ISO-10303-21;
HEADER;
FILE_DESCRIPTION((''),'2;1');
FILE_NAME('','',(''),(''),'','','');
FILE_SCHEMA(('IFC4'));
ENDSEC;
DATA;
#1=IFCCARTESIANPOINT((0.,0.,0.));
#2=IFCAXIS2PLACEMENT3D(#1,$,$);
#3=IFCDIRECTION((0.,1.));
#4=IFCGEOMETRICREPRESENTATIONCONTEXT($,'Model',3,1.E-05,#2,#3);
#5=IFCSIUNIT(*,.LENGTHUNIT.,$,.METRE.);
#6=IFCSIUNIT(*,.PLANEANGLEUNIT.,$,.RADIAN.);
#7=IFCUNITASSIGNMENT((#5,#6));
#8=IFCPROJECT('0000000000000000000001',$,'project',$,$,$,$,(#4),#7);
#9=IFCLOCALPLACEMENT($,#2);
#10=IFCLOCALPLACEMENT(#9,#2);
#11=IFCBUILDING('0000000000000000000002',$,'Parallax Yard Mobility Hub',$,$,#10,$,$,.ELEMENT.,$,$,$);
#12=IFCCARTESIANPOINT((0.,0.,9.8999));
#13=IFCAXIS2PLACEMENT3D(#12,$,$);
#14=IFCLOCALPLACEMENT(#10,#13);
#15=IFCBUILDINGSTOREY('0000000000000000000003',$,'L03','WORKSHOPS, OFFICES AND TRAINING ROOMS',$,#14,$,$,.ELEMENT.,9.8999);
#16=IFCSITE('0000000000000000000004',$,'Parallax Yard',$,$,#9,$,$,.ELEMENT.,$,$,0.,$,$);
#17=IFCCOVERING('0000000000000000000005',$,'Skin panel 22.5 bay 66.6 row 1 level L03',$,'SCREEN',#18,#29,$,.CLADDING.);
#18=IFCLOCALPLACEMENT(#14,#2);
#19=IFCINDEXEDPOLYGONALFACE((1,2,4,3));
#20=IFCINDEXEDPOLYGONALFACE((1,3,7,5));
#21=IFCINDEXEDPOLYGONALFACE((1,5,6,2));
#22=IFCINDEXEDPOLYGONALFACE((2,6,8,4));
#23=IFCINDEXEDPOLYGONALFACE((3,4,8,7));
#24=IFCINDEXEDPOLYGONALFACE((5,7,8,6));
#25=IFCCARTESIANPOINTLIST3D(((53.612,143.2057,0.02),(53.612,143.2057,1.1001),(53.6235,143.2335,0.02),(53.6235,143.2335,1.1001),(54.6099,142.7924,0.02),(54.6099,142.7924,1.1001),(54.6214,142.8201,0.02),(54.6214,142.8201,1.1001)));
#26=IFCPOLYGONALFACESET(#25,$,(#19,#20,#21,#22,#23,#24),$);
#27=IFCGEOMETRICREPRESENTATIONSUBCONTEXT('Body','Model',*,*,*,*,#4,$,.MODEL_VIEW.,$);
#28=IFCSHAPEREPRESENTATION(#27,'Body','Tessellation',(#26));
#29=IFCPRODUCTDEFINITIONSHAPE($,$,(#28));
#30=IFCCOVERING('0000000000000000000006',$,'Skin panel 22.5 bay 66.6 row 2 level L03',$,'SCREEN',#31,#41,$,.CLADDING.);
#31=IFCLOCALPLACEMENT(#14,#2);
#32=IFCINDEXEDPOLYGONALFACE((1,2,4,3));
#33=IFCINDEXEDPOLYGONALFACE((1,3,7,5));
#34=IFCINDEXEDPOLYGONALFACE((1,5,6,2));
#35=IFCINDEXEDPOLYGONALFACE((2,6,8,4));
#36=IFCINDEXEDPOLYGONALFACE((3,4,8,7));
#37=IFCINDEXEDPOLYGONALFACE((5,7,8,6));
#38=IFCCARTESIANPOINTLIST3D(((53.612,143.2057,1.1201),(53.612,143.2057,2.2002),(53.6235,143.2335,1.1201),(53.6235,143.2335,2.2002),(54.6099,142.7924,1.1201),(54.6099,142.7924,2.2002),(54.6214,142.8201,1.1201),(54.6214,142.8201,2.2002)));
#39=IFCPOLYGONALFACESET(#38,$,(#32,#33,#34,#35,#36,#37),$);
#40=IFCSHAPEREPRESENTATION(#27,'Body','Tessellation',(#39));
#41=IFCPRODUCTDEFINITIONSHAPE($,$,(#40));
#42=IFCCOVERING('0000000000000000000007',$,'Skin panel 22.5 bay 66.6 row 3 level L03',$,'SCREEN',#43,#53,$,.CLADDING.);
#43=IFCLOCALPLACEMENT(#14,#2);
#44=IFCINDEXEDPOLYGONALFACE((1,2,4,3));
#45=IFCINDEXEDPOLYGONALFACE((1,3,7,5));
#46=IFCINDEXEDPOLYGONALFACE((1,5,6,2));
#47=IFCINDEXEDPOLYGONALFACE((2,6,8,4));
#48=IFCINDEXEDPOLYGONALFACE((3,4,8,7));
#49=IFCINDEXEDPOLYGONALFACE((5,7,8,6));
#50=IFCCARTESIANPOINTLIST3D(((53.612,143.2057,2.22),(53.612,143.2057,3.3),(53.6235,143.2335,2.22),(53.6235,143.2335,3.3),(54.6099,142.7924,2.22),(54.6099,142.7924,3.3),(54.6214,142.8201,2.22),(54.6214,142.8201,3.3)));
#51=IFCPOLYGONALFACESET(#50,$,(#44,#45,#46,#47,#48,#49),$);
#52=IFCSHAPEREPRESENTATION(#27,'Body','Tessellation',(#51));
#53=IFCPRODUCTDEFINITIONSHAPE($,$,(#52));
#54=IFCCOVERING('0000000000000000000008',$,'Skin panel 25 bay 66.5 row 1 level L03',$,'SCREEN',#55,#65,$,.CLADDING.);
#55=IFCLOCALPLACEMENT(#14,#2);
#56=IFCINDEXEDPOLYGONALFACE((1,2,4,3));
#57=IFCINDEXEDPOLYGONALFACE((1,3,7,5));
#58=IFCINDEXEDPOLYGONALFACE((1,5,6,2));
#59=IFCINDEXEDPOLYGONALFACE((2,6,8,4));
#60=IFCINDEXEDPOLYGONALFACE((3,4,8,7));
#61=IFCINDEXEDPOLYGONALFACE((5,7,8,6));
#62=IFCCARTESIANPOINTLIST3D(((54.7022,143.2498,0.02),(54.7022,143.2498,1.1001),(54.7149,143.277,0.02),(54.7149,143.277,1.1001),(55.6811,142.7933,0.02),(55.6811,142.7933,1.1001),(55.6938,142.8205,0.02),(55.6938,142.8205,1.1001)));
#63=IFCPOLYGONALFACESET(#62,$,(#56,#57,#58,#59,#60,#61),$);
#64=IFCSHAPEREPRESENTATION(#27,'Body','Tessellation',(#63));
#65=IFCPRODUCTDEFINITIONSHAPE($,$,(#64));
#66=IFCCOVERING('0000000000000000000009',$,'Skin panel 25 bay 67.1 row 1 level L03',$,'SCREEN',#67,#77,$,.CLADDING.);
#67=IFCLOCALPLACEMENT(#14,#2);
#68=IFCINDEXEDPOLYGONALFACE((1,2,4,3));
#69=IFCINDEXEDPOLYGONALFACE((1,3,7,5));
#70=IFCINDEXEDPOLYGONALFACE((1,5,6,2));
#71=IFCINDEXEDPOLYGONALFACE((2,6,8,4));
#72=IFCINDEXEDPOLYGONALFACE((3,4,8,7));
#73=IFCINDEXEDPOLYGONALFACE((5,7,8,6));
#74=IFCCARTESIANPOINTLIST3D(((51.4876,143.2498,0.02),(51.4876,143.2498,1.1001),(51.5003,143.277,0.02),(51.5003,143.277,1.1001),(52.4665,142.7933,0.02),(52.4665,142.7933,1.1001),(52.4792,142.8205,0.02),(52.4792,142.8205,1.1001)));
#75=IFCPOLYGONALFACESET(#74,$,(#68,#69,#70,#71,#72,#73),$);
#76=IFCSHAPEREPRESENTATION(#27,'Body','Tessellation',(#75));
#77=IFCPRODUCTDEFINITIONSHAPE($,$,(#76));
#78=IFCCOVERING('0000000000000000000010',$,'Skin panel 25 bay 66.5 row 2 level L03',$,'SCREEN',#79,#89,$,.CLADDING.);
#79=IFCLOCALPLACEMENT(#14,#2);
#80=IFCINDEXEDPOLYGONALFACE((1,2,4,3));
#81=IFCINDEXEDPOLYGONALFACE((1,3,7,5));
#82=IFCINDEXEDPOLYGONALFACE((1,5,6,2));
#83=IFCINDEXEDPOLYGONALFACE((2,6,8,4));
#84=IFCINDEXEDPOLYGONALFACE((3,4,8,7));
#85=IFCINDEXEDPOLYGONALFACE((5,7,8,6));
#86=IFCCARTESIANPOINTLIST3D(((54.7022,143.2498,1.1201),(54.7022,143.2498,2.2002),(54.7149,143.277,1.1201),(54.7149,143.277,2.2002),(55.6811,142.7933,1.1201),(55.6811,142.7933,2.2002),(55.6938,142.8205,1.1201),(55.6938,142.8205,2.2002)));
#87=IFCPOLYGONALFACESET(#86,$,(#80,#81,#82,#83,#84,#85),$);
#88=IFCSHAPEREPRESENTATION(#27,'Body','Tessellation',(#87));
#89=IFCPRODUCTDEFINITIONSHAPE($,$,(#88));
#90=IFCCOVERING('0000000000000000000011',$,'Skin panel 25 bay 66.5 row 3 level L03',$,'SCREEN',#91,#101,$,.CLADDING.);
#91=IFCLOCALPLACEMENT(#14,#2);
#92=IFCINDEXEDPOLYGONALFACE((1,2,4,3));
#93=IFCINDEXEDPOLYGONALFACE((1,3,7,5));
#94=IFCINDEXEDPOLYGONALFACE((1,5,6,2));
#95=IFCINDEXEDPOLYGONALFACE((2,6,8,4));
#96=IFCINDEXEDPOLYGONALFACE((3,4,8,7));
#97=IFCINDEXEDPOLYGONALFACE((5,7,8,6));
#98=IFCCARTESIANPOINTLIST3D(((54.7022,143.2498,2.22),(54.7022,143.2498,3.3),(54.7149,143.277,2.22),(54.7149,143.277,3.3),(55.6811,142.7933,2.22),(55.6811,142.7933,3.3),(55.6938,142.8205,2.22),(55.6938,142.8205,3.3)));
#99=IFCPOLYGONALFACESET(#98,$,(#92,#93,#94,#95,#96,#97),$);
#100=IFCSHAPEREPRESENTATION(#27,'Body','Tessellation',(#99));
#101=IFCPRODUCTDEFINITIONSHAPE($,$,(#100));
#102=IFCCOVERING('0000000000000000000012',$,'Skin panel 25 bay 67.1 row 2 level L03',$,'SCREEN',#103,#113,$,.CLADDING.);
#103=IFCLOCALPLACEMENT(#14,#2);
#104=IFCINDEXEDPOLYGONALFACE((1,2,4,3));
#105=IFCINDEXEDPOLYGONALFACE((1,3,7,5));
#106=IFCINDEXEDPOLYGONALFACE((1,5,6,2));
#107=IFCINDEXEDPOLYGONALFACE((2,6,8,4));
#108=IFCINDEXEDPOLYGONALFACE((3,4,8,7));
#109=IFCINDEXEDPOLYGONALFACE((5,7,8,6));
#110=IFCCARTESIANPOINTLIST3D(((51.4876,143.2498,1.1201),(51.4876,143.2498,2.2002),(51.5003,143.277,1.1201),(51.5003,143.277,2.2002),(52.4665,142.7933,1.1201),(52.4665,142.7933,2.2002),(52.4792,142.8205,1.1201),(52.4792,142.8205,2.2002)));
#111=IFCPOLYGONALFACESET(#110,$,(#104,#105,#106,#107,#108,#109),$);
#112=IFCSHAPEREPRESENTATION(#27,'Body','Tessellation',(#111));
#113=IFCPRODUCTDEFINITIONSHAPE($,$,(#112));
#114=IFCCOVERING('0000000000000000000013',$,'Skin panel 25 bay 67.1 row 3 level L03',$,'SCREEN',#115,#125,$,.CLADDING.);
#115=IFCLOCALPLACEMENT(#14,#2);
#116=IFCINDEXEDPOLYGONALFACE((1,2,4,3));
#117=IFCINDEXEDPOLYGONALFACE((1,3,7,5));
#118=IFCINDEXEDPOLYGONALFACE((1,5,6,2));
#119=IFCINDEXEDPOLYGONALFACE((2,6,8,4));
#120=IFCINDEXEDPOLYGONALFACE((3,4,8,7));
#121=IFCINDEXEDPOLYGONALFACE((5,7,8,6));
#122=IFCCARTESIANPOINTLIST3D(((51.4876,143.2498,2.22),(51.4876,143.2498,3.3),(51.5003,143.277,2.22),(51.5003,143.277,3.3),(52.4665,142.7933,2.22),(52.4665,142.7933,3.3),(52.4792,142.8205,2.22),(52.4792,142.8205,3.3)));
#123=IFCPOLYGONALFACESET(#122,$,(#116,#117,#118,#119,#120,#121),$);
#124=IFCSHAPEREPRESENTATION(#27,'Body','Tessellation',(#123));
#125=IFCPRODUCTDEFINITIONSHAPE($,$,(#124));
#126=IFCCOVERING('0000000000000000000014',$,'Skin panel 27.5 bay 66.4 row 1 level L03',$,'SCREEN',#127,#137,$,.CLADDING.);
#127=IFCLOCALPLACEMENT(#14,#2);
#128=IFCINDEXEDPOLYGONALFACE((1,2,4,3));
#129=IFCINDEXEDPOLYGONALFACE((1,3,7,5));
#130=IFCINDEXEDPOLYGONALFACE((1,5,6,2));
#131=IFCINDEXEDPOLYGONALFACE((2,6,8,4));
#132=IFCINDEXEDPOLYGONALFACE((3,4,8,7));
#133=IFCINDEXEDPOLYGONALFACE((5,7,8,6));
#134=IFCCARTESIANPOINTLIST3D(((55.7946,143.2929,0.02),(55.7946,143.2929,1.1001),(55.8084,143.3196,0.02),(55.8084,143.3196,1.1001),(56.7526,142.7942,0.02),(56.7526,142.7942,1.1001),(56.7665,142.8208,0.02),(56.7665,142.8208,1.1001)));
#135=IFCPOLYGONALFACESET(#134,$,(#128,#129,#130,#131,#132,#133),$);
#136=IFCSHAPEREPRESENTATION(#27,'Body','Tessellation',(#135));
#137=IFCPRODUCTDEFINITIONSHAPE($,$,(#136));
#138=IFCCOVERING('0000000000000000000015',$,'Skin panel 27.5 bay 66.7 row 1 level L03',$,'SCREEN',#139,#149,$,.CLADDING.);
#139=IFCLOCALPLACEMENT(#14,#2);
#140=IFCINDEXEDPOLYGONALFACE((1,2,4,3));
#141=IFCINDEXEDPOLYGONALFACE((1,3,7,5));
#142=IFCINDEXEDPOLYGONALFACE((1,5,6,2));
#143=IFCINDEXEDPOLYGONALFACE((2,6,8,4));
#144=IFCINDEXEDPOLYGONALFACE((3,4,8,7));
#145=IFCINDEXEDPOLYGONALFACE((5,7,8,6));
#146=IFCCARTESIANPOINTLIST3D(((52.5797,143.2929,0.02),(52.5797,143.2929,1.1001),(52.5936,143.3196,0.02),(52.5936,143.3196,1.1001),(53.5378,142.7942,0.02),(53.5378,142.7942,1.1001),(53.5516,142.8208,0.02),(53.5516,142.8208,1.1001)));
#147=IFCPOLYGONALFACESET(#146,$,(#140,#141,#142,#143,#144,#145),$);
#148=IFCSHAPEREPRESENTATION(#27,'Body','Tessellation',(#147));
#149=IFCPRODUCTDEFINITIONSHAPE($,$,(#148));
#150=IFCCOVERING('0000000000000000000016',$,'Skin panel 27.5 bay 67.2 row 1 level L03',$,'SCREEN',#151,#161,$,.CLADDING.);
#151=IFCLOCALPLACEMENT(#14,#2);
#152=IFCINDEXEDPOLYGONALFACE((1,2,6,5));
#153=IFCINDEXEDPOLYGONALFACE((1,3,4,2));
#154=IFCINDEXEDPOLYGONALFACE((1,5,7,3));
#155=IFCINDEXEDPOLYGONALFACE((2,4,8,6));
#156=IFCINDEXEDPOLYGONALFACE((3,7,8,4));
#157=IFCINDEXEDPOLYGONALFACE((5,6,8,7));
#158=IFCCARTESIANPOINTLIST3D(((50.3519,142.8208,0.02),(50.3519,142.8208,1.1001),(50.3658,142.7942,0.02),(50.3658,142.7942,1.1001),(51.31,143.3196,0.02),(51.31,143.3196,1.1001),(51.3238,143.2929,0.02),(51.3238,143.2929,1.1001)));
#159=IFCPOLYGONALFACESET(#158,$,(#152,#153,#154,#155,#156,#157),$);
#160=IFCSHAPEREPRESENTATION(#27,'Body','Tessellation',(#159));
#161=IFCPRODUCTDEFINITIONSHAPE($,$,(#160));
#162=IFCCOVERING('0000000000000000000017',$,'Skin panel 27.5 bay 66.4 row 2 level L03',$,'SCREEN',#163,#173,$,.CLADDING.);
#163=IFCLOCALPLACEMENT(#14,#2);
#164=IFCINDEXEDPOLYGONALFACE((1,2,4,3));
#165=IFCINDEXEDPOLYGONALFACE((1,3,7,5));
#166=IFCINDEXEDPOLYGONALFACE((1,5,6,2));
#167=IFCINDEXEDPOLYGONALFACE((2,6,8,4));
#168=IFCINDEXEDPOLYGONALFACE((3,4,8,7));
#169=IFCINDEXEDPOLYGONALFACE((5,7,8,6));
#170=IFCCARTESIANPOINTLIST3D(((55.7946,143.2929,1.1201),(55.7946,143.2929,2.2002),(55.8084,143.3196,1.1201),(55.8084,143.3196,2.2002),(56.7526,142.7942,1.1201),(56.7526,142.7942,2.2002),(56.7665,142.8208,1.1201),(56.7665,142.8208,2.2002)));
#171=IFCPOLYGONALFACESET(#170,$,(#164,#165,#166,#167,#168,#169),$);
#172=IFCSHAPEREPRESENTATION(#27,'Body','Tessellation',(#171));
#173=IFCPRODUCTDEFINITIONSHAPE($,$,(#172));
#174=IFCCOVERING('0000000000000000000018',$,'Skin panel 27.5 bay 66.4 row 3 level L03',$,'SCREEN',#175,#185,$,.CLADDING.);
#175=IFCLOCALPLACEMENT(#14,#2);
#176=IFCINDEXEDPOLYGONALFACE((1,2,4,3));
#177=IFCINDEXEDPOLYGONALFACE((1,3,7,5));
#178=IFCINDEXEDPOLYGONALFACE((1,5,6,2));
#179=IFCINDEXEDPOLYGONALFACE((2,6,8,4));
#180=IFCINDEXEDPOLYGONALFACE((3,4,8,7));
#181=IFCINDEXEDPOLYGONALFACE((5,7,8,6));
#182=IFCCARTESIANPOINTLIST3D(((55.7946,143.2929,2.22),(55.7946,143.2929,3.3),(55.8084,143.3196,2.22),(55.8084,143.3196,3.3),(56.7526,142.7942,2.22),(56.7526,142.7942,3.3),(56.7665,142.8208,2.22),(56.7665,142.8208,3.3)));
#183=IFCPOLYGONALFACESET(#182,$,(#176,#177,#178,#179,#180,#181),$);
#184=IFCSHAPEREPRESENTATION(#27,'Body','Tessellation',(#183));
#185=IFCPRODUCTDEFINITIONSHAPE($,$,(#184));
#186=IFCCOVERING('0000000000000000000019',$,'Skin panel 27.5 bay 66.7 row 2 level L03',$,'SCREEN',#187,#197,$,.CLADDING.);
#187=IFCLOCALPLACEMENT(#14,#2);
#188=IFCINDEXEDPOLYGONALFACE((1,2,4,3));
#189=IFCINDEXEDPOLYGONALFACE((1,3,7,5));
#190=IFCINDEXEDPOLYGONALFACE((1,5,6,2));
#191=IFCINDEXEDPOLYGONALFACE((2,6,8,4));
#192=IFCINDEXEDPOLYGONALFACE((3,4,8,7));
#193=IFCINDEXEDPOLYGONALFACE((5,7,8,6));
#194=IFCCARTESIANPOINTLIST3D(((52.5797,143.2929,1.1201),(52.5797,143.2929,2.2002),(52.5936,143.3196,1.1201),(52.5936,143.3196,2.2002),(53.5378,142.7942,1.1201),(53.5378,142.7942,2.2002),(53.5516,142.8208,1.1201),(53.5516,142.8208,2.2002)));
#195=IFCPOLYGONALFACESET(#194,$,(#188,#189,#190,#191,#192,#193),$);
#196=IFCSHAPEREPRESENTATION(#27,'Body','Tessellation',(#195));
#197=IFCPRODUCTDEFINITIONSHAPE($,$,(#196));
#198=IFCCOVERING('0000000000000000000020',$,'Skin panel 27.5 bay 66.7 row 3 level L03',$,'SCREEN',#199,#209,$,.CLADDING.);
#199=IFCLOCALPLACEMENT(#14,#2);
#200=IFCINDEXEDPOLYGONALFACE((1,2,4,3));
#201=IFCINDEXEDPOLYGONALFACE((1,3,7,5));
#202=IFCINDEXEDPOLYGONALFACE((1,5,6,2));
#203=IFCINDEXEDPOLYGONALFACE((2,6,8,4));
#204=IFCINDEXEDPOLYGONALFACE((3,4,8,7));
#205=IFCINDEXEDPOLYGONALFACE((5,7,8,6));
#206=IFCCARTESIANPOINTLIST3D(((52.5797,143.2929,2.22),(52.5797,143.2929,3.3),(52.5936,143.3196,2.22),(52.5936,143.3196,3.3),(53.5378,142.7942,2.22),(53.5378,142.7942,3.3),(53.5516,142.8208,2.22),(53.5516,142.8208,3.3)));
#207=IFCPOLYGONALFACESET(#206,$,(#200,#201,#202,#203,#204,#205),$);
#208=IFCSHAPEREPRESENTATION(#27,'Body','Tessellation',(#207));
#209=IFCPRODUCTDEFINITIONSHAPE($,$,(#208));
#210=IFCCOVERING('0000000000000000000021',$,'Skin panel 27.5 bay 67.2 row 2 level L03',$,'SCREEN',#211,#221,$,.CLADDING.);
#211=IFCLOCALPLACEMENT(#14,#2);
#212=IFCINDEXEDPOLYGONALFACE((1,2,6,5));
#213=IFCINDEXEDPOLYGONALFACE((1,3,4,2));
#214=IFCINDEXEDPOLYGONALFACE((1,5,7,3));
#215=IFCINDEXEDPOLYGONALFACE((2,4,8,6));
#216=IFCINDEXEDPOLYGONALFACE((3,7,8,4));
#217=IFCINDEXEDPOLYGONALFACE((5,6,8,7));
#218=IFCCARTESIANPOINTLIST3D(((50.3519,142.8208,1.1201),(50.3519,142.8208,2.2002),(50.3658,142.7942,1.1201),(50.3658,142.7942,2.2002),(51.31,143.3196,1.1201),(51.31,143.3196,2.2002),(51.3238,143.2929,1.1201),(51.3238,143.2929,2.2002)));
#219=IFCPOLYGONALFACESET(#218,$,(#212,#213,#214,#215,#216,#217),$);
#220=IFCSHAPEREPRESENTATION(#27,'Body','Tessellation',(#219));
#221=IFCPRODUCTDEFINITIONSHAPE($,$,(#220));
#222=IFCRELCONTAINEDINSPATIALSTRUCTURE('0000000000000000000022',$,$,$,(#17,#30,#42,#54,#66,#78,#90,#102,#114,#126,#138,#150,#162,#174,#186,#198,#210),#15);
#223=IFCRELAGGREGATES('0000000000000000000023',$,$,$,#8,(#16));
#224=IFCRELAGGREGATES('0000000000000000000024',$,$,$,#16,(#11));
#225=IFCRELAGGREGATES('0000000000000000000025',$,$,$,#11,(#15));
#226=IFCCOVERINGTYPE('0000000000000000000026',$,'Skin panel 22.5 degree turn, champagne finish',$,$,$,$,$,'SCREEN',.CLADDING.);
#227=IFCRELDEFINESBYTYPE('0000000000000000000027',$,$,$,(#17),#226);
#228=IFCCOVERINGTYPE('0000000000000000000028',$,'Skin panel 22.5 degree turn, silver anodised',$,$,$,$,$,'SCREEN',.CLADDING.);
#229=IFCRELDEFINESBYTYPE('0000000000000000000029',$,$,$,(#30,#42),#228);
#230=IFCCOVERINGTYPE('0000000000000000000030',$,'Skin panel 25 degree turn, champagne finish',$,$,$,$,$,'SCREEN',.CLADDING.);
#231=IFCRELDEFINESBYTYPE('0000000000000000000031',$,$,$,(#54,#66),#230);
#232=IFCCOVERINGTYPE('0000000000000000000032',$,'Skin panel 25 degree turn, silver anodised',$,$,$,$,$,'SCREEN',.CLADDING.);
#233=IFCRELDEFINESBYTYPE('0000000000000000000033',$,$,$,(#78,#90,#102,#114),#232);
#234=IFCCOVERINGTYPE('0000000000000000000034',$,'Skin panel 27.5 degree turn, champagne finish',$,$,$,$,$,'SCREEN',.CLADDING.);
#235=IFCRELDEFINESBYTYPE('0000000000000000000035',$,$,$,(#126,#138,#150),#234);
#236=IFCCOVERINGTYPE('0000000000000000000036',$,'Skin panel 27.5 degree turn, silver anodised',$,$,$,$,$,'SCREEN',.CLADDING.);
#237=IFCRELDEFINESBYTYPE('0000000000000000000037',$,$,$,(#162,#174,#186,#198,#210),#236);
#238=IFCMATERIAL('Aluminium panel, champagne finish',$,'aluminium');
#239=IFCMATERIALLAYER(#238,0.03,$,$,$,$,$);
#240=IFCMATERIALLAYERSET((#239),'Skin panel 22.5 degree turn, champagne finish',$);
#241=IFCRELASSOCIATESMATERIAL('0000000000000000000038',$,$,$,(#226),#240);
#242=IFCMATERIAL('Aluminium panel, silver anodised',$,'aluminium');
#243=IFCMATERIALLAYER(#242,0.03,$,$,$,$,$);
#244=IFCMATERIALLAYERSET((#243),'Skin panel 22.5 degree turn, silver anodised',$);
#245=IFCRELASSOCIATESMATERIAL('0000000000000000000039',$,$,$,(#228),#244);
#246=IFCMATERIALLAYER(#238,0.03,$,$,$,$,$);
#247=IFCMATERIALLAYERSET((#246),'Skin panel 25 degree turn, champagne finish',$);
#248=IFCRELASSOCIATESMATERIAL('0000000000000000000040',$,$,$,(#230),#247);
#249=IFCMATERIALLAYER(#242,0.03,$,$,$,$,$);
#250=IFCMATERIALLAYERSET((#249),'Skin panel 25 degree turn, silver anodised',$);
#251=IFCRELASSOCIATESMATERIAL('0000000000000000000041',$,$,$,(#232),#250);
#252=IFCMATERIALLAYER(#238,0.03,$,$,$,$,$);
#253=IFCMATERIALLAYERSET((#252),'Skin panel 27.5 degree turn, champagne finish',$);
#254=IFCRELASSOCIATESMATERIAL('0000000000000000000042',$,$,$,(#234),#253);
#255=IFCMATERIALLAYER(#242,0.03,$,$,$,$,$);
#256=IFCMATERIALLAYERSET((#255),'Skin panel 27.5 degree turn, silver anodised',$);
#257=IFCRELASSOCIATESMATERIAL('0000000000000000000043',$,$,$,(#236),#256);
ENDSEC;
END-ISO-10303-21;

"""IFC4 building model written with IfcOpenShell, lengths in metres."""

from ifc_helpers import new_model, si_unit, direction, frame, origin, origin_2d, place, context, subcontext, project, spatial, rectangle, extrude, material, layer, layer_set, type_object, element, save


model = new_model("IFC4")

# Units and contexts
model_context = context("Model", 3, precision=1e-05, world=origin(), true_north=direction((0.0, 1.0)))
body_context = subcontext(model_context, "Body", "Model", "MODEL_VIEW")
ifc_project = project(units=[si_unit("LENGTHUNIT", "METRE"), si_unit("PLANEANGLEUNIT", "RADIAN")], contexts=[model_context])

# Site, building, storey
site_placement = place(None, origin())
site = spatial("IfcSite", under=ifc_project, at=site_placement, Name="Parallax Yard", CompositionType="ELEMENT", RefElevation=0.0)
building_placement = place(site_placement, origin())
building = spatial("IfcBuilding", under=site, at=building_placement, Name="Parallax Yard Mobility Hub", CompositionType="ELEMENT")
storey_placement = place(building_placement, frame((0.0, 0.0, 9.8999)))
storey = spatial("IfcBuildingStorey", under=building, at=storey_placement, Name="L03", Description="WORKSHOPS, OFFICES AND TRAINING ROOMS", CompositionType="ELEMENT", Elevation=9.8999)

# Coverings
ifc_material_1 = material(Name="Aluminium panel, champagne finish", Category="aluminium")
ifc_layer_1 = layer(ifc_material_1, 0.03)
ifc_layer_set_1 = layer_set([ifc_layer_1], Name="Skin panel 22.5 degree turn, champagne finish")
covering_type_1 = type_object("IfcCoveringType", Name="Skin panel 22.5 degree turn, champagne finish", ElementType="SCREEN", PredefinedType="CLADDING", material=ifc_layer_set_1)
covering_1_placement = place(storey_placement, frame((54.1167, 143.0129, 0.02), z_axis=(0.0, 0.0, 1.0), x_axis=(-0.92388, 0.382683, 0.0)))
element("IfcCovering", 1, at=covering_1_placement, inside=storey, type_object=covering_type_1, Name="Skin panel 22.5 bay 66.6 row 1 level L03", ObjectType="SCREEN", PredefinedType="CLADDING", context=body_context, shape_type="SweptSolid", body=[
    extrude(rectangle(XDim=1.0801, YDim=0.03, at=origin_2d()), origin(), (0.0, 0.0, 1.0), 1.0801),
])
ifc_material_2 = material(Name="Aluminium panel, silver anodised", Category="aluminium")
ifc_layer_2 = layer(ifc_material_2, 0.03)
ifc_layer_set_2 = layer_set([ifc_layer_2], Name="Skin panel 22.5 degree turn, silver anodised")
covering_type_2 = type_object("IfcCoveringType", Name="Skin panel 22.5 degree turn, silver anodised", ElementType="SCREEN", PredefinedType="CLADDING", material=ifc_layer_set_2)
for number, where, z_axis, x_axis, name in (
    (2, (54.1167, 143.0129, 1.1201), (0.0, 0.0, 1.0), (-0.92388, 0.382683, 0.0), "Skin panel 22.5 bay 66.6 row 2 level L03"),
    (3, (54.1167, 143.0129, 2.22), (0.0, 0.0, 1.0), (-0.92388, 0.382683, 0.0), "Skin panel 22.5 bay 66.6 row 3 level L03"),
):
    element("IfcCovering", number, at=place(storey_placement, frame(where, z_axis=z_axis, x_axis=x_axis)), inside=storey, type_object=covering_type_2, Name=name, ObjectType="SCREEN", PredefinedType="CLADDING", context=body_context, shape_type="SweptSolid", body=[
        extrude(rectangle(XDim=1.0801, YDim=0.03, at=origin_2d()), origin(), (0.0, 0.0, 1.0), 1.0801),
    ])
ifc_layer_3 = layer(ifc_material_1, 0.03)
ifc_layer_set_3 = layer_set([ifc_layer_3], Name="Skin panel 25 degree turn, champagne finish")
covering_type_3 = type_object("IfcCoveringType", Name="Skin panel 25 degree turn, champagne finish", ElementType="SCREEN", PredefinedType="CLADDING", material=ifc_layer_set_3)
for number, where, z_axis, x_axis, name in (
    (4, (55.198, 143.0352, 0.02), (0.0, 0.0, 1.0), (-0.906308, 0.422618, 0.0), "Skin panel 25 bay 66.5 row 1 level L03"),
    (5, (51.9834, 143.0352, 0.02), (0.0, 0.0, 1.0), (-0.906308, 0.422618, 0.0), "Skin panel 25 bay 67.1 row 1 level L03"),
):
    element("IfcCovering", number, at=place(storey_placement, frame(where, z_axis=z_axis, x_axis=x_axis)), inside=storey, type_object=covering_type_3, Name=name, ObjectType="SCREEN", PredefinedType="CLADDING", context=body_context, shape_type="SweptSolid", body=[
        extrude(rectangle(XDim=1.0801, YDim=0.03, at=origin_2d()), origin(), (0.0, 0.0, 1.0), 1.0801),
    ])
ifc_layer_4 = layer(ifc_material_2, 0.03)
ifc_layer_set_4 = layer_set([ifc_layer_4], Name="Skin panel 25 degree turn, silver anodised")
covering_type_4 = type_object("IfcCoveringType", Name="Skin panel 25 degree turn, silver anodised", ElementType="SCREEN", PredefinedType="CLADDING", material=ifc_layer_set_4)
for number, where, z_axis, x_axis, name in (
    (6, (55.198, 143.0352, 1.1201), (0.0, 0.0, 1.0), (-0.906308, 0.422618, 0.0), "Skin panel 25 bay 66.5 row 2 level L03"),
    (7, (55.198, 143.0352, 2.22), (0.0, 0.0, 1.0), (-0.906308, 0.422618, 0.0), "Skin panel 25 bay 66.5 row 3 level L03"),
    (8, (51.9834, 143.0352, 1.1201), (0.0, 0.0, 1.0), (-0.906308, 0.422618, 0.0), "Skin panel 25 bay 67.1 row 2 level L03"),
    (9, (51.9834, 143.0352, 2.22), (0.0, 0.0, 1.0), (-0.906308, 0.422618, 0.0), "Skin panel 25 bay 67.1 row 3 level L03"),
):
    element("IfcCovering", number, at=place(storey_placement, frame(where, z_axis=z_axis, x_axis=x_axis)), inside=storey, type_object=covering_type_4, Name=name, ObjectType="SCREEN", PredefinedType="CLADDING", context=body_context, shape_type="SweptSolid", body=[
        extrude(rectangle(XDim=1.0801, YDim=0.03, at=origin_2d()), origin(), (0.0, 0.0, 1.0), 1.0801),
    ])
ifc_layer_5 = layer(ifc_material_1, 0.03)
ifc_layer_set_5 = layer_set([ifc_layer_5], Name="Skin panel 27.5 degree turn, champagne finish")
covering_type_5 = type_object("IfcCoveringType", Name="Skin panel 27.5 degree turn, champagne finish", ElementType="SCREEN", PredefinedType="CLADDING", material=ifc_layer_set_5)
for number, where, z_axis, x_axis, name in (
    (10, (56.2805, 143.0569, 0.02), (0.0, 0.0, 1.0), (-0.887011, 0.461749, 0.0), "Skin panel 27.5 bay 66.4 row 1 level L03"),
    (11, (53.0657, 143.0569, 0.02), (0.0, 0.0, 1.0), (-0.887011, 0.461749, 0.0), "Skin panel 27.5 bay 66.7 row 1 level L03"),
    (12, (50.8379, 143.0569, 0.02), (0.0, 0.0, 1.0), (0.887011, 0.461749, 0.0), "Skin panel 27.5 bay 67.2 row 1 level L03"),
):
    element("IfcCovering", number, at=place(storey_placement, frame(where, z_axis=z_axis, x_axis=x_axis)), inside=storey, type_object=covering_type_5, Name=name, ObjectType="SCREEN", PredefinedType="CLADDING", context=body_context, shape_type="SweptSolid", body=[
        extrude(rectangle(XDim=1.0801, YDim=0.03, at=origin_2d()), origin(), (0.0, 0.0, 1.0), 1.0801),
    ])
ifc_layer_6 = layer(ifc_material_2, 0.03)
ifc_layer_set_6 = layer_set([ifc_layer_6], Name="Skin panel 27.5 degree turn, silver anodised")
covering_type_6 = type_object("IfcCoveringType", Name="Skin panel 27.5 degree turn, silver anodised", ElementType="SCREEN", PredefinedType="CLADDING", material=ifc_layer_set_6)
for number, where, z_axis, x_axis, name in (
    (13, (56.2805, 143.0569, 1.1201), (0.0, 0.0, 1.0), (-0.887011, 0.461749, 0.0), "Skin panel 27.5 bay 66.4 row 2 level L03"),
    (14, (56.2805, 143.0569, 2.22), (0.0, 0.0, 1.0), (-0.887011, 0.461749, 0.0), "Skin panel 27.5 bay 66.4 row 3 level L03"),
    (15, (53.0657, 143.0569, 1.1201), (0.0, 0.0, 1.0), (-0.887011, 0.461749, 0.0), "Skin panel 27.5 bay 66.7 row 2 level L03"),
    (16, (53.0657, 143.0569, 2.22), (0.0, 0.0, 1.0), (-0.887011, 0.461749, 0.0), "Skin panel 27.5 bay 66.7 row 3 level L03"),
    (17, (50.8379, 143.0569, 1.1201), (0.0, 0.0, 1.0), (0.887011, 0.461749, 0.0), "Skin panel 27.5 bay 67.2 row 2 level L03"),
):
    element("IfcCovering", number, at=place(storey_placement, frame(where, z_axis=z_axis, x_axis=x_axis)), inside=storey, type_object=covering_type_6, Name=name, ObjectType="SCREEN", PredefinedType="CLADDING", context=body_context, shape_type="SweptSolid", body=[
        extrude(rectangle(XDim=1.0801, YDim=0.03, at=origin_2d()), origin(), (0.0, 0.0, 1.0), 1.0801),
    ])

save(model, "model.ifc")
